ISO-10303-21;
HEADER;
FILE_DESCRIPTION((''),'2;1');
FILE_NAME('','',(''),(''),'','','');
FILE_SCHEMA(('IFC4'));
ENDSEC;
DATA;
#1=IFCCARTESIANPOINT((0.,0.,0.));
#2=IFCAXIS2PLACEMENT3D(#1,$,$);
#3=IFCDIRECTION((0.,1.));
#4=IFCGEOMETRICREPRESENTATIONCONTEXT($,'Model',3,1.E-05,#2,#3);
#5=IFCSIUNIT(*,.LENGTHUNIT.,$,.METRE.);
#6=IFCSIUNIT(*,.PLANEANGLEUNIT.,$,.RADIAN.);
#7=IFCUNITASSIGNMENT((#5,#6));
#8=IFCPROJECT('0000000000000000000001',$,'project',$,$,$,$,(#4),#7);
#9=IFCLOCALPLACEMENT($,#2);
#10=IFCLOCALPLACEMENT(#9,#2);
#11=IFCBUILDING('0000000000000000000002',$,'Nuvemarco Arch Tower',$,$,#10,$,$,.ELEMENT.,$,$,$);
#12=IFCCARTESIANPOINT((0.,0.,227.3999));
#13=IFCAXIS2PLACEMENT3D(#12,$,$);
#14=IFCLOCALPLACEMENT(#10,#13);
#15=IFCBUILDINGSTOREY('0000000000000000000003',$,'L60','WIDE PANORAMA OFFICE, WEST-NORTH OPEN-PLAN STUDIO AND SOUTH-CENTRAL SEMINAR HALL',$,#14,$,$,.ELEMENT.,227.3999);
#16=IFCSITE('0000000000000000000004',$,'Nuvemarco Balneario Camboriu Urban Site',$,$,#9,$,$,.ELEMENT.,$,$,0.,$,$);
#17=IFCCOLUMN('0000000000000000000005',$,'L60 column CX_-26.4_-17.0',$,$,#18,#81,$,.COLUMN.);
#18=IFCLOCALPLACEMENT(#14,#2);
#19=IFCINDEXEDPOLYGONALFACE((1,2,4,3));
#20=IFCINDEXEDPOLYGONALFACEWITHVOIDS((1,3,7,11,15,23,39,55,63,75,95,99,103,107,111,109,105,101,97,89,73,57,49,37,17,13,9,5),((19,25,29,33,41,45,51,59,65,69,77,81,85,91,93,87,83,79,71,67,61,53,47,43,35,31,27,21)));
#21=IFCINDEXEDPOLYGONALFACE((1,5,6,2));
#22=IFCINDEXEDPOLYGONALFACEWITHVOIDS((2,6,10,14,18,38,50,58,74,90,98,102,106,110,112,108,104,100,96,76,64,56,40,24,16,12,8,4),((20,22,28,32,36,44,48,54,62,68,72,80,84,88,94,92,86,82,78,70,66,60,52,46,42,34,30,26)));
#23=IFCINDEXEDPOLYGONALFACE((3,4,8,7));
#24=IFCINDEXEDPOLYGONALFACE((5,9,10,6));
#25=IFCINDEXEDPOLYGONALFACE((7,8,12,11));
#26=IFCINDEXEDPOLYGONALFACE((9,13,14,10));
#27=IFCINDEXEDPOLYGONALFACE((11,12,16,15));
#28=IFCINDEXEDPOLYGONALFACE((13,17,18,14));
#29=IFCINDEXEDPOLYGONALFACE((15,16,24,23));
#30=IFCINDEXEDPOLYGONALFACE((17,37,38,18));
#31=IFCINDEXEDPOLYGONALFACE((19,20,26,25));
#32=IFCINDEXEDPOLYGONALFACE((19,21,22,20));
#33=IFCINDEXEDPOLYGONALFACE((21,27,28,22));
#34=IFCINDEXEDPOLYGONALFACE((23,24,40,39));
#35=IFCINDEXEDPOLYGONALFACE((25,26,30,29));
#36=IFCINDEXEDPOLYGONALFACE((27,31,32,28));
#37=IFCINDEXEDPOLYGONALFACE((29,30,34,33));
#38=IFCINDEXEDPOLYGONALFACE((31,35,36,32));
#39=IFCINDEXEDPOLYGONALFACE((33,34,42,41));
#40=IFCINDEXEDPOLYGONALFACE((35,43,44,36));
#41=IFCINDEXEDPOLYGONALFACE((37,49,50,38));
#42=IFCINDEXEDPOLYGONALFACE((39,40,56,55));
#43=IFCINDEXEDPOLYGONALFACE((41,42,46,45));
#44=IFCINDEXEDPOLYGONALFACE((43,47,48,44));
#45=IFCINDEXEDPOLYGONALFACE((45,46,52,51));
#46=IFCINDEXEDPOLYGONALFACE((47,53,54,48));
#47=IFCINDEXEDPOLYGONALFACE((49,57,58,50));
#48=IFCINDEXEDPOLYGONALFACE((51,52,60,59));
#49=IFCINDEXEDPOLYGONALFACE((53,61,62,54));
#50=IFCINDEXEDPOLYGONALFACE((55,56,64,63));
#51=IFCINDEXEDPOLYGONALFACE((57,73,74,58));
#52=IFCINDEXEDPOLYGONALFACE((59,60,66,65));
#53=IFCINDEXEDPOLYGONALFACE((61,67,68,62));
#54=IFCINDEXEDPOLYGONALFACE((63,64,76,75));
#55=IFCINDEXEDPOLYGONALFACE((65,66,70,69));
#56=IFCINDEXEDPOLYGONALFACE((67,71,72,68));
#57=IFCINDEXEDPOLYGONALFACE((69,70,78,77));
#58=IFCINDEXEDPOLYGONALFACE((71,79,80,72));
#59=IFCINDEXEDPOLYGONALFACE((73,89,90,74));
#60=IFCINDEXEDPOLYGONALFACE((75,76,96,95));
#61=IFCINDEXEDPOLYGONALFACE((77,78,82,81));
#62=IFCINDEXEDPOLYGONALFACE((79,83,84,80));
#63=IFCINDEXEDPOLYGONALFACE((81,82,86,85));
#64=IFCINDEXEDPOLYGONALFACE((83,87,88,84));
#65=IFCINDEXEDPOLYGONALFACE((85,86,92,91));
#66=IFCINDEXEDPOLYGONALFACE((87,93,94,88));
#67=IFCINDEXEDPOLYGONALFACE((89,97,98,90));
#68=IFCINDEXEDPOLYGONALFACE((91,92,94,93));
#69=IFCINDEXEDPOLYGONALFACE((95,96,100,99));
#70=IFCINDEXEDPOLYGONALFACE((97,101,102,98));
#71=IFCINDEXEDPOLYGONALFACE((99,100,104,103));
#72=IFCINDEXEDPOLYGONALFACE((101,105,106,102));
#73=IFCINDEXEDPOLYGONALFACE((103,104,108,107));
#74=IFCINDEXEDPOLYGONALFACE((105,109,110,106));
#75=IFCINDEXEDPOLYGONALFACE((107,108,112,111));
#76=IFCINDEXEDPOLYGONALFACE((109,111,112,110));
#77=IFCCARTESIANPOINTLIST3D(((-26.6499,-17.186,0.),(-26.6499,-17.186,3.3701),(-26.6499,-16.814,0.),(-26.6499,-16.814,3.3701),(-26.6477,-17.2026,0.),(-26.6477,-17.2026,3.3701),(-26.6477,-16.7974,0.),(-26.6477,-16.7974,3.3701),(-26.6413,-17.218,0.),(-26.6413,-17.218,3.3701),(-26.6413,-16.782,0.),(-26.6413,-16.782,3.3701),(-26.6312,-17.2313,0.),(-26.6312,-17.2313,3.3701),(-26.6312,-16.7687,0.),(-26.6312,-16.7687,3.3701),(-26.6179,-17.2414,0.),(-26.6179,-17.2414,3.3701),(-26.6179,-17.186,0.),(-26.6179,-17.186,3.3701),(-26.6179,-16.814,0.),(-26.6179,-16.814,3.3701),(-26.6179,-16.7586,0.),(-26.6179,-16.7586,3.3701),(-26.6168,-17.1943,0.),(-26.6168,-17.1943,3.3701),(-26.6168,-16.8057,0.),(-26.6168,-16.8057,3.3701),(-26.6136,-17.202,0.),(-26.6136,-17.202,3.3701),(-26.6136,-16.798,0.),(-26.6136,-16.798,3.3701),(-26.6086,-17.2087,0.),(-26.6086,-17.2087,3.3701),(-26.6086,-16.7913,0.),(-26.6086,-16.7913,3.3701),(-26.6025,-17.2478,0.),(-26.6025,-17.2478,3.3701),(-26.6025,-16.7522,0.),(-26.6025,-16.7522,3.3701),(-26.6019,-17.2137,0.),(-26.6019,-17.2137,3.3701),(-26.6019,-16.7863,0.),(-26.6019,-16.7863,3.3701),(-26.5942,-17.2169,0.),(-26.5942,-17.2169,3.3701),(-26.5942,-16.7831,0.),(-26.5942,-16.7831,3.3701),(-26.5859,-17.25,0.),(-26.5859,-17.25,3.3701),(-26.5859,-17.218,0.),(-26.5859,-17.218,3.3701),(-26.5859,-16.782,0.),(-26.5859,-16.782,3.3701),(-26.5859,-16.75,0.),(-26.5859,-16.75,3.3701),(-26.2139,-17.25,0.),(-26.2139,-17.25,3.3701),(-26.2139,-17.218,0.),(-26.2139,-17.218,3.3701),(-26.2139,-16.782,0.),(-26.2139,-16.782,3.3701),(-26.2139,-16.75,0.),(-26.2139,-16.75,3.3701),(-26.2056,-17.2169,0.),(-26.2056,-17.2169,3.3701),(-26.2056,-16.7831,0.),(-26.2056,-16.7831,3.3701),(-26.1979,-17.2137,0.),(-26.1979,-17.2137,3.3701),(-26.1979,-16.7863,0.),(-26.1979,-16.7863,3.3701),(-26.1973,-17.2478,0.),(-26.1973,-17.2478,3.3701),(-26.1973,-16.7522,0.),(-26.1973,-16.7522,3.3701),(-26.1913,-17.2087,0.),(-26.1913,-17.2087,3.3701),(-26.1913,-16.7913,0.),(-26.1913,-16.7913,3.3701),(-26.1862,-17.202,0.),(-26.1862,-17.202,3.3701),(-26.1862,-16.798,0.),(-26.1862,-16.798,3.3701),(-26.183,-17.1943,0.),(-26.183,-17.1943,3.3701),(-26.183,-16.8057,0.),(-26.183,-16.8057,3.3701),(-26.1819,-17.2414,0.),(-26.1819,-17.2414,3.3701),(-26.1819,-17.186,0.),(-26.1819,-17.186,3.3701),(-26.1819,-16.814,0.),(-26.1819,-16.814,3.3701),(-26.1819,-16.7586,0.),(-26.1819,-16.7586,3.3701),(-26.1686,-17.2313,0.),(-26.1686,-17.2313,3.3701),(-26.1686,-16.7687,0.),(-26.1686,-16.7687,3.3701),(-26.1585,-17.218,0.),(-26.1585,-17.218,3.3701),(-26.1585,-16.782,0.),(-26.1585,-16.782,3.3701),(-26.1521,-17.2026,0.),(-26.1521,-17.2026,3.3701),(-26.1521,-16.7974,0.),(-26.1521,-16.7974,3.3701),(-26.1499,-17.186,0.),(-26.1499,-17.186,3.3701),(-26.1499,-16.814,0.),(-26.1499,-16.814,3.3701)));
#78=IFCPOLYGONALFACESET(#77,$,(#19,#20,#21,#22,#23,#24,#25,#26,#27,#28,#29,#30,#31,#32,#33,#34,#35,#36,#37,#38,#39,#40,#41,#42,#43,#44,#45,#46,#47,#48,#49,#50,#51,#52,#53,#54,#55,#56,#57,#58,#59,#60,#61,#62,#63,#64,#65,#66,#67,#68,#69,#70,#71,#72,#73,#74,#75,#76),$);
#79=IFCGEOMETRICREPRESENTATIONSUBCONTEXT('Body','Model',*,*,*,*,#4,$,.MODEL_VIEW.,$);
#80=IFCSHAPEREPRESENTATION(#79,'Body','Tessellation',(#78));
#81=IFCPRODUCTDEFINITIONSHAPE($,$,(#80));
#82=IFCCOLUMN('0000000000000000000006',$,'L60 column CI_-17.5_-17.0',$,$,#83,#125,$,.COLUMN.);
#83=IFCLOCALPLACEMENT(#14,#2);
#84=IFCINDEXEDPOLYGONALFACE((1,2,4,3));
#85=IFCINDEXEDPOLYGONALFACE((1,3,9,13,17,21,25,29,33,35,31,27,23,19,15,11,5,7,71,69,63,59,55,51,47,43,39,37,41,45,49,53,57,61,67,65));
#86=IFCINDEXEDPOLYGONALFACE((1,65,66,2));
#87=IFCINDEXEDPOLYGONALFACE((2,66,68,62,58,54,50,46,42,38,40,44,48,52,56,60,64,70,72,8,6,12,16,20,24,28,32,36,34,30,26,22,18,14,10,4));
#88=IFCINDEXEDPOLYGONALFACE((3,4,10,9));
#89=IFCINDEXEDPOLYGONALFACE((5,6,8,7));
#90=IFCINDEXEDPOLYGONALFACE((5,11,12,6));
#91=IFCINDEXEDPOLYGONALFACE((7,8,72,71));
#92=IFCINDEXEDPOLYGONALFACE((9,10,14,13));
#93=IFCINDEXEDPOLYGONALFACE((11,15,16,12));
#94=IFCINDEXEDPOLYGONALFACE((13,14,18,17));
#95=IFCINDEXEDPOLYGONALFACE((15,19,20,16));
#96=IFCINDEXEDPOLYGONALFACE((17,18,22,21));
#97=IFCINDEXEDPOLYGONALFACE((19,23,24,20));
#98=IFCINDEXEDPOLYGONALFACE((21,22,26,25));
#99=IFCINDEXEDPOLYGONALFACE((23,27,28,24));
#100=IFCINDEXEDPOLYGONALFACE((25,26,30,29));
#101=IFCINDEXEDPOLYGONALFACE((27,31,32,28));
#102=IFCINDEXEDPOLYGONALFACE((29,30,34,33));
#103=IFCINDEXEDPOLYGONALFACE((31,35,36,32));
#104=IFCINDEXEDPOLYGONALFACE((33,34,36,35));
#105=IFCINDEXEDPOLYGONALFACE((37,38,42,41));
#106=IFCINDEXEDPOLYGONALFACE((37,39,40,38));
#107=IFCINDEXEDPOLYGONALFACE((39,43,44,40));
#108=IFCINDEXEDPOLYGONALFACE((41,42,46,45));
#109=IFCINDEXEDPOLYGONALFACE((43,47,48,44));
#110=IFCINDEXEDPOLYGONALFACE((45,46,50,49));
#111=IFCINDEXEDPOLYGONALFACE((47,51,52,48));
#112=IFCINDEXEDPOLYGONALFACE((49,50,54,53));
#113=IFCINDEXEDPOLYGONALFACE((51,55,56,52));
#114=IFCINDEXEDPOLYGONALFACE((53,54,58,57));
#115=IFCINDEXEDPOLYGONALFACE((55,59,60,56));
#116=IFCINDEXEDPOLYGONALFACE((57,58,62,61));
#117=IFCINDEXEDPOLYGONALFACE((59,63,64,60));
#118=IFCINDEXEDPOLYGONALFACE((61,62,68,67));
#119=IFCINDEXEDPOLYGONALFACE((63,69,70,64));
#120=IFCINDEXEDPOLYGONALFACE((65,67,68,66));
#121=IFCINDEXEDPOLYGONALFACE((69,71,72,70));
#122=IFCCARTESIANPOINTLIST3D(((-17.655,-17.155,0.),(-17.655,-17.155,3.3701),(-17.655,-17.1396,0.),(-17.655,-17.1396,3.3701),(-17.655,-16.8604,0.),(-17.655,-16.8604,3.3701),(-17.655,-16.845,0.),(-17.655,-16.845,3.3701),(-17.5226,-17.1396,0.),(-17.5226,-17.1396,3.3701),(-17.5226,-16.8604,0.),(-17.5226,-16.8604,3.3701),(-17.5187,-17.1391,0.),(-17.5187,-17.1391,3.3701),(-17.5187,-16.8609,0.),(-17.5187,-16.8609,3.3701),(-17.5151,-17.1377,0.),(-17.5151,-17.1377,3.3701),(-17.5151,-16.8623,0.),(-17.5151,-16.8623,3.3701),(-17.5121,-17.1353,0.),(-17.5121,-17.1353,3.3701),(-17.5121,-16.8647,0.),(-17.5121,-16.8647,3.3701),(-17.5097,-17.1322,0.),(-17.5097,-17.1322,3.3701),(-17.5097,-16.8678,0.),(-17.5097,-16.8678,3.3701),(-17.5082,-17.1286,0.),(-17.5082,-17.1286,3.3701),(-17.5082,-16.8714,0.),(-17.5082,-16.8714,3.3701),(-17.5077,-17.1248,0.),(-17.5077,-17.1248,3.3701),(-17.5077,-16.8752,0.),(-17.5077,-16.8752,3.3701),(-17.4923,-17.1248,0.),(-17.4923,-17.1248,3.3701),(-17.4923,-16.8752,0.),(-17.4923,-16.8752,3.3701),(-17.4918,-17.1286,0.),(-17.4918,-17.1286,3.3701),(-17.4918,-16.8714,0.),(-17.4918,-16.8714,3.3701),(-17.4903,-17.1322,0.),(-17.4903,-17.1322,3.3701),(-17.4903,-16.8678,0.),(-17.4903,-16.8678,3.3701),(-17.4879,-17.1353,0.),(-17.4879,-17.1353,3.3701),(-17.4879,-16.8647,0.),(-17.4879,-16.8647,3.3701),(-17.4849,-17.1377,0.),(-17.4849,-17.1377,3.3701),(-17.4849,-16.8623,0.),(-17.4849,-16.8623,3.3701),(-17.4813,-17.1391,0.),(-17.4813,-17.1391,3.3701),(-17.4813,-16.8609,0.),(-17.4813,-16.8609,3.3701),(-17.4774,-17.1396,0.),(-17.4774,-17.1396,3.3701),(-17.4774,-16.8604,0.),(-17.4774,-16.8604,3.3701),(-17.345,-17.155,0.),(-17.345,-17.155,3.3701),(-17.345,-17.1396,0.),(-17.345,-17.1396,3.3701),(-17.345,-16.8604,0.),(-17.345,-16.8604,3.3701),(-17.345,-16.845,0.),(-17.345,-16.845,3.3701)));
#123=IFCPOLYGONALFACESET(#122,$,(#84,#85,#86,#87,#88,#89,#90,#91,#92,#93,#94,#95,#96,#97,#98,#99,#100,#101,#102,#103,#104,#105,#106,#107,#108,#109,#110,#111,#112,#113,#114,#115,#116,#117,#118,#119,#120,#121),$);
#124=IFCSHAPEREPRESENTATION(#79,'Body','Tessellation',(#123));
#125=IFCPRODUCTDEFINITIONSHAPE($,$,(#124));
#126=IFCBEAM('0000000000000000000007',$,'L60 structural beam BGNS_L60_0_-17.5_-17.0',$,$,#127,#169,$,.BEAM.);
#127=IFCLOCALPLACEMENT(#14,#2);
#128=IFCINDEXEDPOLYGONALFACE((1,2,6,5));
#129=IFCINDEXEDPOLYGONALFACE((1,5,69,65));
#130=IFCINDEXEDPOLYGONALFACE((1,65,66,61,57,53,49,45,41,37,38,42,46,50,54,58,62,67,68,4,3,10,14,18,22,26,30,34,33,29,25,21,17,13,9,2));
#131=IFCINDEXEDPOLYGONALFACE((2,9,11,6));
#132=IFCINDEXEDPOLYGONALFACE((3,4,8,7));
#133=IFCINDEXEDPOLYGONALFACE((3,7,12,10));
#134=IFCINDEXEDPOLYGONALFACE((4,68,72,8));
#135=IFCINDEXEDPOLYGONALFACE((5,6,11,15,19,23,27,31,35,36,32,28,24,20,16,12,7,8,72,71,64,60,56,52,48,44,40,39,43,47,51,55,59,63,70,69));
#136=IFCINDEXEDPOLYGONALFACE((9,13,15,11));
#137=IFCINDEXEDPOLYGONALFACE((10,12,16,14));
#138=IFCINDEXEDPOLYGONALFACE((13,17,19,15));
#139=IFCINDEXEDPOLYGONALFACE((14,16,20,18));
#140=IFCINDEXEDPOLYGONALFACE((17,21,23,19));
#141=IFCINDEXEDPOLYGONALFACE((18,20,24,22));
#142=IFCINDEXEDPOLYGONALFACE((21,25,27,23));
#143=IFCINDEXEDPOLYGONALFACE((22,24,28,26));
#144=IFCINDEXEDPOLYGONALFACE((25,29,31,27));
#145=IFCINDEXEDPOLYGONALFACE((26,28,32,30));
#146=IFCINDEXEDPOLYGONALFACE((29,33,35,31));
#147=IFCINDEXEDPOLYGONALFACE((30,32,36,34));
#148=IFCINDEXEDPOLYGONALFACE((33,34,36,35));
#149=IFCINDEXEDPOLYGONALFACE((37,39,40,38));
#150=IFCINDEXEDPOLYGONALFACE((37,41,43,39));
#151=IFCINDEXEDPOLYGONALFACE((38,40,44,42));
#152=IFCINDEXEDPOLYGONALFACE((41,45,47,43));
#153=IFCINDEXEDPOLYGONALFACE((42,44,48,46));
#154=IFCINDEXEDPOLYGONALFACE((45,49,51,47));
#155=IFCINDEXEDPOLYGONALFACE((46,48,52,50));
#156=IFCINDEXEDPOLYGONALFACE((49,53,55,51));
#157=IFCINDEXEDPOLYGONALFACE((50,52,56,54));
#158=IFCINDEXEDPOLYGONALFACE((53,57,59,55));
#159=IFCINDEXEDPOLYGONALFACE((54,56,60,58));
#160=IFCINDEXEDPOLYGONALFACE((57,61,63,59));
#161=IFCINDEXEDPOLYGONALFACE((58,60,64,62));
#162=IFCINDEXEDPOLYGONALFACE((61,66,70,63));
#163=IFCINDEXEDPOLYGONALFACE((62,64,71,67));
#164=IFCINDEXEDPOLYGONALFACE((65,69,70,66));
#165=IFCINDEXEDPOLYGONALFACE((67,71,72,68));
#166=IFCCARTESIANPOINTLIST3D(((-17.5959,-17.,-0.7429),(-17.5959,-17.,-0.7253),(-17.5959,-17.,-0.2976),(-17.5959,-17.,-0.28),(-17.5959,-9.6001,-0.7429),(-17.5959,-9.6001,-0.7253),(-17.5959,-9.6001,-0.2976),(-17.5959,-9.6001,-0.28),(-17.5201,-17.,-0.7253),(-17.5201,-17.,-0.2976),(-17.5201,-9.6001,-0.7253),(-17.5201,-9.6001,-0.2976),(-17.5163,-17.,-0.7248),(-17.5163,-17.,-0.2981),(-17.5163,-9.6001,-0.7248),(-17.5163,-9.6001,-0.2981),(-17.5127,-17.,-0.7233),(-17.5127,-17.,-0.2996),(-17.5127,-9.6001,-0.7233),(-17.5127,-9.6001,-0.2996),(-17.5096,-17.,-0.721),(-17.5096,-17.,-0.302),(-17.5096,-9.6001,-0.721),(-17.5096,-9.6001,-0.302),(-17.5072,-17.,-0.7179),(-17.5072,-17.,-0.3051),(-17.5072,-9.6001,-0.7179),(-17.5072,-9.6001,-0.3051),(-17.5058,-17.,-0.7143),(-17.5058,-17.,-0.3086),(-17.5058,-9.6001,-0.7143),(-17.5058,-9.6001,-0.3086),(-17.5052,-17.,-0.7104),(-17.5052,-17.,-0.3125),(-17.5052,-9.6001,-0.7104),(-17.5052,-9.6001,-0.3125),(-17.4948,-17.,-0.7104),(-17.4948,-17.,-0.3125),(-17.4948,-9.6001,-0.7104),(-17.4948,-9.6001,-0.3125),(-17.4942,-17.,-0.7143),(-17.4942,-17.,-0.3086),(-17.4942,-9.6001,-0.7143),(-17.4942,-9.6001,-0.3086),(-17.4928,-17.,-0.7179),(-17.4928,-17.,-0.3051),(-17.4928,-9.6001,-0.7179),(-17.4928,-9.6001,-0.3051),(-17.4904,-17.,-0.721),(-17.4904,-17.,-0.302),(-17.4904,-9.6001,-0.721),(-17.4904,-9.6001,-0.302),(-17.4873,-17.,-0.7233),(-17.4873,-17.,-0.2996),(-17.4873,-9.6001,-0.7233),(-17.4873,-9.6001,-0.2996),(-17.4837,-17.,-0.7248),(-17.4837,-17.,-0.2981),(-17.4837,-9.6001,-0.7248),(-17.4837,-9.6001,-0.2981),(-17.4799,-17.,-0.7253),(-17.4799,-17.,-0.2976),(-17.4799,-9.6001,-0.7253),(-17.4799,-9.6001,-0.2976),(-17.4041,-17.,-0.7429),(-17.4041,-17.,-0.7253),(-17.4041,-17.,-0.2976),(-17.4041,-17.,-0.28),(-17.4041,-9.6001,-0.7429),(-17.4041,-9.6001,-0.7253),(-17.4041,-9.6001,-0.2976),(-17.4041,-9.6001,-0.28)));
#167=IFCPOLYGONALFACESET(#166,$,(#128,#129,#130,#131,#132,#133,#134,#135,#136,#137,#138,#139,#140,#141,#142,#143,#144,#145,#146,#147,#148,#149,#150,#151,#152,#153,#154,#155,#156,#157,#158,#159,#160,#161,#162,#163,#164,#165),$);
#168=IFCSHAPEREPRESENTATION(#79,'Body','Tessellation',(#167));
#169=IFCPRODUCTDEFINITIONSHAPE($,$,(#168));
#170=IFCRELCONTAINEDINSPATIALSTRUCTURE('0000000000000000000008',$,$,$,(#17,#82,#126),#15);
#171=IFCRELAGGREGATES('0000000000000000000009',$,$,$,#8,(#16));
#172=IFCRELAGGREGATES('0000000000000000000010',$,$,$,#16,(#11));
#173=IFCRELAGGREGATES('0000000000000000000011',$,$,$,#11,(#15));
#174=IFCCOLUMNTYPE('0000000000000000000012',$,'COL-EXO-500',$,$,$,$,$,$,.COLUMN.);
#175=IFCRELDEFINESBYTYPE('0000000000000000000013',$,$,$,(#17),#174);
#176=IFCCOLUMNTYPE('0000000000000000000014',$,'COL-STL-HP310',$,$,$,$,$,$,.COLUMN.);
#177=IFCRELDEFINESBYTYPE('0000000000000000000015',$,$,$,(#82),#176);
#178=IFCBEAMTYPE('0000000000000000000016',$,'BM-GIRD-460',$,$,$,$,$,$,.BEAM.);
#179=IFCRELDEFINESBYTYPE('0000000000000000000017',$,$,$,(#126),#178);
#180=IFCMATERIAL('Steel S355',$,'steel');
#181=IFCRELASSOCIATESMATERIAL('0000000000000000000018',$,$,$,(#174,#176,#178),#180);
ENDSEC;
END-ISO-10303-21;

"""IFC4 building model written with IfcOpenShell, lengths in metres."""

from ifc_helpers import new_model, si_unit, direction, frame, origin, origin_2d, place, context, subcontext, project, spatial, hollow_rectangle, i_section, extrude, material, material_profile, profile_set, type_object, element, save


model = new_model("IFC4")

# Units and contexts
model_context = context("Model", 3, precision=1e-05, world=origin(), true_north=direction((0.0, 1.0)))
body_context = subcontext(model_context, "Body", "Model", "MODEL_VIEW")
ifc_project = project(units=[si_unit("LENGTHUNIT", "METRE"), si_unit("PLANEANGLEUNIT", "RADIAN")], contexts=[model_context])

# Site, building, storey
site_placement = place(None, origin())
site = spatial("IfcSite", under=ifc_project, at=site_placement, Name="Nuvemarco Balneario Camboriu Urban Site", CompositionType="ELEMENT", RefElevation=0.0)
building_placement = place(site_placement, origin())
building = spatial("IfcBuilding", under=site, at=building_placement, Name="Nuvemarco Arch Tower", CompositionType="ELEMENT")
storey_placement = place(building_placement, frame((0.0, 0.0, 227.3999)))
storey = spatial("IfcBuildingStorey", under=building, at=storey_placement, Name="L60", Description="WIDE PANORAMA OFFICE, WEST-NORTH OPEN-PLAN STUDIO AND SOUTH-CENTRAL SEMINAR HALL", CompositionType="ELEMENT", Elevation=227.3999)

# Columns
ifc_material_1 = material(Name="Steel S355", Category="steel")
ifc_material_profile_1 = material_profile(ifc_material_1, hollow_rectangle(XDim=0.5, YDim=0.5, WallThickness=0.032, InnerFilletRadius=0.032, OuterFilletRadius=0.064, at=origin_2d()), Name="SHS500x500x32")
ifc_profile_set_1 = profile_set([ifc_material_profile_1], Name="Steel S355")
column_type_1 = type_object("IfcColumnType", Name="COL-EXO-500", PredefinedType="COLUMN", material=ifc_profile_set_1)
column_1_placement = place(storey_placement, frame((-26.3999, -17.0, 0.0), z_axis=(0.0, 0.0, 1.0), x_axis=(1.0, 0.0, 0.0)))
element("IfcColumn", 1, at=column_1_placement, inside=storey, type_object=column_type_1, Name="L60 column CX_-26.4_-17.0", PredefinedType="COLUMN", context=body_context, shape_type="SweptSolid", body=[
    extrude(hollow_rectangle(XDim=0.5, YDim=0.5, WallThickness=0.032, InnerFilletRadius=0.032, OuterFilletRadius=0.064, at=origin_2d()), origin(), (0.0, 0.0, 1.0), 3.3701),
])
ifc_material_profile_2 = material_profile(ifc_material_1, i_section(OverallWidth=0.3101, OverallDepth=0.3101, WebThickness=0.0154, FlangeThickness=0.0154, FilletRadius=0.0149, at=origin_2d()), Name="HP310x110")
ifc_profile_set_2 = profile_set([ifc_material_profile_2], Name="Steel S355")
column_type_2 = type_object("IfcColumnType", Name="COL-STL-HP310", PredefinedType="COLUMN", material=ifc_profile_set_2)
column_2_placement = place(storey_placement, frame((-17.5, -17.0, 0.0), z_axis=(0.0, 0.0, 1.0), x_axis=(1.0, 0.0, 0.0)))
element("IfcColumn", 2, at=column_2_placement, inside=storey, type_object=column_type_2, Name="L60 column CI_-17.5_-17.0", PredefinedType="COLUMN", context=body_context, shape_type="SweptSolid", body=[
    extrude(i_section(OverallWidth=0.3101, OverallDepth=0.3101, WebThickness=0.0154, FlangeThickness=0.0154, FilletRadius=0.0149, at=origin_2d()), origin(), (0.0, 0.0, 1.0), 3.3701),
])

# Beam
ifc_material_profile_3 = material_profile(ifc_material_1, i_section(OverallWidth=0.1919, OverallDepth=0.4629, WebThickness=0.0105, FlangeThickness=0.0176, FilletRadius=0.0149, at=origin_2d()), Name="W460x89")
ifc_profile_set_3 = profile_set([ifc_material_profile_3], Name="Steel S355")
beam_type_1 = type_object("IfcBeamType", Name="BM-GIRD-460", PredefinedType="BEAM", material=ifc_profile_set_3)
beam_1_placement = place(storey_placement, frame((-17.5, -17.0, -0.5115), z_axis=(0.0, 1.0, 0.0), x_axis=(-1.0, 0.0, 0.0)))
element("IfcBeam", 3, at=beam_1_placement, inside=storey, type_object=beam_type_1, Name="L60 structural beam BGNS_L60_0_-17.5_-17.0", PredefinedType="BEAM", context=body_context, shape_type="SweptSolid", body=[
    extrude(i_section(OverallWidth=0.1919, OverallDepth=0.4629, WebThickness=0.0105, FlangeThickness=0.0176, FilletRadius=0.0149, at=origin_2d()), origin(), (0.0, 0.0, 1.0), 7.3999),
])

save(model, "model.ifc")
